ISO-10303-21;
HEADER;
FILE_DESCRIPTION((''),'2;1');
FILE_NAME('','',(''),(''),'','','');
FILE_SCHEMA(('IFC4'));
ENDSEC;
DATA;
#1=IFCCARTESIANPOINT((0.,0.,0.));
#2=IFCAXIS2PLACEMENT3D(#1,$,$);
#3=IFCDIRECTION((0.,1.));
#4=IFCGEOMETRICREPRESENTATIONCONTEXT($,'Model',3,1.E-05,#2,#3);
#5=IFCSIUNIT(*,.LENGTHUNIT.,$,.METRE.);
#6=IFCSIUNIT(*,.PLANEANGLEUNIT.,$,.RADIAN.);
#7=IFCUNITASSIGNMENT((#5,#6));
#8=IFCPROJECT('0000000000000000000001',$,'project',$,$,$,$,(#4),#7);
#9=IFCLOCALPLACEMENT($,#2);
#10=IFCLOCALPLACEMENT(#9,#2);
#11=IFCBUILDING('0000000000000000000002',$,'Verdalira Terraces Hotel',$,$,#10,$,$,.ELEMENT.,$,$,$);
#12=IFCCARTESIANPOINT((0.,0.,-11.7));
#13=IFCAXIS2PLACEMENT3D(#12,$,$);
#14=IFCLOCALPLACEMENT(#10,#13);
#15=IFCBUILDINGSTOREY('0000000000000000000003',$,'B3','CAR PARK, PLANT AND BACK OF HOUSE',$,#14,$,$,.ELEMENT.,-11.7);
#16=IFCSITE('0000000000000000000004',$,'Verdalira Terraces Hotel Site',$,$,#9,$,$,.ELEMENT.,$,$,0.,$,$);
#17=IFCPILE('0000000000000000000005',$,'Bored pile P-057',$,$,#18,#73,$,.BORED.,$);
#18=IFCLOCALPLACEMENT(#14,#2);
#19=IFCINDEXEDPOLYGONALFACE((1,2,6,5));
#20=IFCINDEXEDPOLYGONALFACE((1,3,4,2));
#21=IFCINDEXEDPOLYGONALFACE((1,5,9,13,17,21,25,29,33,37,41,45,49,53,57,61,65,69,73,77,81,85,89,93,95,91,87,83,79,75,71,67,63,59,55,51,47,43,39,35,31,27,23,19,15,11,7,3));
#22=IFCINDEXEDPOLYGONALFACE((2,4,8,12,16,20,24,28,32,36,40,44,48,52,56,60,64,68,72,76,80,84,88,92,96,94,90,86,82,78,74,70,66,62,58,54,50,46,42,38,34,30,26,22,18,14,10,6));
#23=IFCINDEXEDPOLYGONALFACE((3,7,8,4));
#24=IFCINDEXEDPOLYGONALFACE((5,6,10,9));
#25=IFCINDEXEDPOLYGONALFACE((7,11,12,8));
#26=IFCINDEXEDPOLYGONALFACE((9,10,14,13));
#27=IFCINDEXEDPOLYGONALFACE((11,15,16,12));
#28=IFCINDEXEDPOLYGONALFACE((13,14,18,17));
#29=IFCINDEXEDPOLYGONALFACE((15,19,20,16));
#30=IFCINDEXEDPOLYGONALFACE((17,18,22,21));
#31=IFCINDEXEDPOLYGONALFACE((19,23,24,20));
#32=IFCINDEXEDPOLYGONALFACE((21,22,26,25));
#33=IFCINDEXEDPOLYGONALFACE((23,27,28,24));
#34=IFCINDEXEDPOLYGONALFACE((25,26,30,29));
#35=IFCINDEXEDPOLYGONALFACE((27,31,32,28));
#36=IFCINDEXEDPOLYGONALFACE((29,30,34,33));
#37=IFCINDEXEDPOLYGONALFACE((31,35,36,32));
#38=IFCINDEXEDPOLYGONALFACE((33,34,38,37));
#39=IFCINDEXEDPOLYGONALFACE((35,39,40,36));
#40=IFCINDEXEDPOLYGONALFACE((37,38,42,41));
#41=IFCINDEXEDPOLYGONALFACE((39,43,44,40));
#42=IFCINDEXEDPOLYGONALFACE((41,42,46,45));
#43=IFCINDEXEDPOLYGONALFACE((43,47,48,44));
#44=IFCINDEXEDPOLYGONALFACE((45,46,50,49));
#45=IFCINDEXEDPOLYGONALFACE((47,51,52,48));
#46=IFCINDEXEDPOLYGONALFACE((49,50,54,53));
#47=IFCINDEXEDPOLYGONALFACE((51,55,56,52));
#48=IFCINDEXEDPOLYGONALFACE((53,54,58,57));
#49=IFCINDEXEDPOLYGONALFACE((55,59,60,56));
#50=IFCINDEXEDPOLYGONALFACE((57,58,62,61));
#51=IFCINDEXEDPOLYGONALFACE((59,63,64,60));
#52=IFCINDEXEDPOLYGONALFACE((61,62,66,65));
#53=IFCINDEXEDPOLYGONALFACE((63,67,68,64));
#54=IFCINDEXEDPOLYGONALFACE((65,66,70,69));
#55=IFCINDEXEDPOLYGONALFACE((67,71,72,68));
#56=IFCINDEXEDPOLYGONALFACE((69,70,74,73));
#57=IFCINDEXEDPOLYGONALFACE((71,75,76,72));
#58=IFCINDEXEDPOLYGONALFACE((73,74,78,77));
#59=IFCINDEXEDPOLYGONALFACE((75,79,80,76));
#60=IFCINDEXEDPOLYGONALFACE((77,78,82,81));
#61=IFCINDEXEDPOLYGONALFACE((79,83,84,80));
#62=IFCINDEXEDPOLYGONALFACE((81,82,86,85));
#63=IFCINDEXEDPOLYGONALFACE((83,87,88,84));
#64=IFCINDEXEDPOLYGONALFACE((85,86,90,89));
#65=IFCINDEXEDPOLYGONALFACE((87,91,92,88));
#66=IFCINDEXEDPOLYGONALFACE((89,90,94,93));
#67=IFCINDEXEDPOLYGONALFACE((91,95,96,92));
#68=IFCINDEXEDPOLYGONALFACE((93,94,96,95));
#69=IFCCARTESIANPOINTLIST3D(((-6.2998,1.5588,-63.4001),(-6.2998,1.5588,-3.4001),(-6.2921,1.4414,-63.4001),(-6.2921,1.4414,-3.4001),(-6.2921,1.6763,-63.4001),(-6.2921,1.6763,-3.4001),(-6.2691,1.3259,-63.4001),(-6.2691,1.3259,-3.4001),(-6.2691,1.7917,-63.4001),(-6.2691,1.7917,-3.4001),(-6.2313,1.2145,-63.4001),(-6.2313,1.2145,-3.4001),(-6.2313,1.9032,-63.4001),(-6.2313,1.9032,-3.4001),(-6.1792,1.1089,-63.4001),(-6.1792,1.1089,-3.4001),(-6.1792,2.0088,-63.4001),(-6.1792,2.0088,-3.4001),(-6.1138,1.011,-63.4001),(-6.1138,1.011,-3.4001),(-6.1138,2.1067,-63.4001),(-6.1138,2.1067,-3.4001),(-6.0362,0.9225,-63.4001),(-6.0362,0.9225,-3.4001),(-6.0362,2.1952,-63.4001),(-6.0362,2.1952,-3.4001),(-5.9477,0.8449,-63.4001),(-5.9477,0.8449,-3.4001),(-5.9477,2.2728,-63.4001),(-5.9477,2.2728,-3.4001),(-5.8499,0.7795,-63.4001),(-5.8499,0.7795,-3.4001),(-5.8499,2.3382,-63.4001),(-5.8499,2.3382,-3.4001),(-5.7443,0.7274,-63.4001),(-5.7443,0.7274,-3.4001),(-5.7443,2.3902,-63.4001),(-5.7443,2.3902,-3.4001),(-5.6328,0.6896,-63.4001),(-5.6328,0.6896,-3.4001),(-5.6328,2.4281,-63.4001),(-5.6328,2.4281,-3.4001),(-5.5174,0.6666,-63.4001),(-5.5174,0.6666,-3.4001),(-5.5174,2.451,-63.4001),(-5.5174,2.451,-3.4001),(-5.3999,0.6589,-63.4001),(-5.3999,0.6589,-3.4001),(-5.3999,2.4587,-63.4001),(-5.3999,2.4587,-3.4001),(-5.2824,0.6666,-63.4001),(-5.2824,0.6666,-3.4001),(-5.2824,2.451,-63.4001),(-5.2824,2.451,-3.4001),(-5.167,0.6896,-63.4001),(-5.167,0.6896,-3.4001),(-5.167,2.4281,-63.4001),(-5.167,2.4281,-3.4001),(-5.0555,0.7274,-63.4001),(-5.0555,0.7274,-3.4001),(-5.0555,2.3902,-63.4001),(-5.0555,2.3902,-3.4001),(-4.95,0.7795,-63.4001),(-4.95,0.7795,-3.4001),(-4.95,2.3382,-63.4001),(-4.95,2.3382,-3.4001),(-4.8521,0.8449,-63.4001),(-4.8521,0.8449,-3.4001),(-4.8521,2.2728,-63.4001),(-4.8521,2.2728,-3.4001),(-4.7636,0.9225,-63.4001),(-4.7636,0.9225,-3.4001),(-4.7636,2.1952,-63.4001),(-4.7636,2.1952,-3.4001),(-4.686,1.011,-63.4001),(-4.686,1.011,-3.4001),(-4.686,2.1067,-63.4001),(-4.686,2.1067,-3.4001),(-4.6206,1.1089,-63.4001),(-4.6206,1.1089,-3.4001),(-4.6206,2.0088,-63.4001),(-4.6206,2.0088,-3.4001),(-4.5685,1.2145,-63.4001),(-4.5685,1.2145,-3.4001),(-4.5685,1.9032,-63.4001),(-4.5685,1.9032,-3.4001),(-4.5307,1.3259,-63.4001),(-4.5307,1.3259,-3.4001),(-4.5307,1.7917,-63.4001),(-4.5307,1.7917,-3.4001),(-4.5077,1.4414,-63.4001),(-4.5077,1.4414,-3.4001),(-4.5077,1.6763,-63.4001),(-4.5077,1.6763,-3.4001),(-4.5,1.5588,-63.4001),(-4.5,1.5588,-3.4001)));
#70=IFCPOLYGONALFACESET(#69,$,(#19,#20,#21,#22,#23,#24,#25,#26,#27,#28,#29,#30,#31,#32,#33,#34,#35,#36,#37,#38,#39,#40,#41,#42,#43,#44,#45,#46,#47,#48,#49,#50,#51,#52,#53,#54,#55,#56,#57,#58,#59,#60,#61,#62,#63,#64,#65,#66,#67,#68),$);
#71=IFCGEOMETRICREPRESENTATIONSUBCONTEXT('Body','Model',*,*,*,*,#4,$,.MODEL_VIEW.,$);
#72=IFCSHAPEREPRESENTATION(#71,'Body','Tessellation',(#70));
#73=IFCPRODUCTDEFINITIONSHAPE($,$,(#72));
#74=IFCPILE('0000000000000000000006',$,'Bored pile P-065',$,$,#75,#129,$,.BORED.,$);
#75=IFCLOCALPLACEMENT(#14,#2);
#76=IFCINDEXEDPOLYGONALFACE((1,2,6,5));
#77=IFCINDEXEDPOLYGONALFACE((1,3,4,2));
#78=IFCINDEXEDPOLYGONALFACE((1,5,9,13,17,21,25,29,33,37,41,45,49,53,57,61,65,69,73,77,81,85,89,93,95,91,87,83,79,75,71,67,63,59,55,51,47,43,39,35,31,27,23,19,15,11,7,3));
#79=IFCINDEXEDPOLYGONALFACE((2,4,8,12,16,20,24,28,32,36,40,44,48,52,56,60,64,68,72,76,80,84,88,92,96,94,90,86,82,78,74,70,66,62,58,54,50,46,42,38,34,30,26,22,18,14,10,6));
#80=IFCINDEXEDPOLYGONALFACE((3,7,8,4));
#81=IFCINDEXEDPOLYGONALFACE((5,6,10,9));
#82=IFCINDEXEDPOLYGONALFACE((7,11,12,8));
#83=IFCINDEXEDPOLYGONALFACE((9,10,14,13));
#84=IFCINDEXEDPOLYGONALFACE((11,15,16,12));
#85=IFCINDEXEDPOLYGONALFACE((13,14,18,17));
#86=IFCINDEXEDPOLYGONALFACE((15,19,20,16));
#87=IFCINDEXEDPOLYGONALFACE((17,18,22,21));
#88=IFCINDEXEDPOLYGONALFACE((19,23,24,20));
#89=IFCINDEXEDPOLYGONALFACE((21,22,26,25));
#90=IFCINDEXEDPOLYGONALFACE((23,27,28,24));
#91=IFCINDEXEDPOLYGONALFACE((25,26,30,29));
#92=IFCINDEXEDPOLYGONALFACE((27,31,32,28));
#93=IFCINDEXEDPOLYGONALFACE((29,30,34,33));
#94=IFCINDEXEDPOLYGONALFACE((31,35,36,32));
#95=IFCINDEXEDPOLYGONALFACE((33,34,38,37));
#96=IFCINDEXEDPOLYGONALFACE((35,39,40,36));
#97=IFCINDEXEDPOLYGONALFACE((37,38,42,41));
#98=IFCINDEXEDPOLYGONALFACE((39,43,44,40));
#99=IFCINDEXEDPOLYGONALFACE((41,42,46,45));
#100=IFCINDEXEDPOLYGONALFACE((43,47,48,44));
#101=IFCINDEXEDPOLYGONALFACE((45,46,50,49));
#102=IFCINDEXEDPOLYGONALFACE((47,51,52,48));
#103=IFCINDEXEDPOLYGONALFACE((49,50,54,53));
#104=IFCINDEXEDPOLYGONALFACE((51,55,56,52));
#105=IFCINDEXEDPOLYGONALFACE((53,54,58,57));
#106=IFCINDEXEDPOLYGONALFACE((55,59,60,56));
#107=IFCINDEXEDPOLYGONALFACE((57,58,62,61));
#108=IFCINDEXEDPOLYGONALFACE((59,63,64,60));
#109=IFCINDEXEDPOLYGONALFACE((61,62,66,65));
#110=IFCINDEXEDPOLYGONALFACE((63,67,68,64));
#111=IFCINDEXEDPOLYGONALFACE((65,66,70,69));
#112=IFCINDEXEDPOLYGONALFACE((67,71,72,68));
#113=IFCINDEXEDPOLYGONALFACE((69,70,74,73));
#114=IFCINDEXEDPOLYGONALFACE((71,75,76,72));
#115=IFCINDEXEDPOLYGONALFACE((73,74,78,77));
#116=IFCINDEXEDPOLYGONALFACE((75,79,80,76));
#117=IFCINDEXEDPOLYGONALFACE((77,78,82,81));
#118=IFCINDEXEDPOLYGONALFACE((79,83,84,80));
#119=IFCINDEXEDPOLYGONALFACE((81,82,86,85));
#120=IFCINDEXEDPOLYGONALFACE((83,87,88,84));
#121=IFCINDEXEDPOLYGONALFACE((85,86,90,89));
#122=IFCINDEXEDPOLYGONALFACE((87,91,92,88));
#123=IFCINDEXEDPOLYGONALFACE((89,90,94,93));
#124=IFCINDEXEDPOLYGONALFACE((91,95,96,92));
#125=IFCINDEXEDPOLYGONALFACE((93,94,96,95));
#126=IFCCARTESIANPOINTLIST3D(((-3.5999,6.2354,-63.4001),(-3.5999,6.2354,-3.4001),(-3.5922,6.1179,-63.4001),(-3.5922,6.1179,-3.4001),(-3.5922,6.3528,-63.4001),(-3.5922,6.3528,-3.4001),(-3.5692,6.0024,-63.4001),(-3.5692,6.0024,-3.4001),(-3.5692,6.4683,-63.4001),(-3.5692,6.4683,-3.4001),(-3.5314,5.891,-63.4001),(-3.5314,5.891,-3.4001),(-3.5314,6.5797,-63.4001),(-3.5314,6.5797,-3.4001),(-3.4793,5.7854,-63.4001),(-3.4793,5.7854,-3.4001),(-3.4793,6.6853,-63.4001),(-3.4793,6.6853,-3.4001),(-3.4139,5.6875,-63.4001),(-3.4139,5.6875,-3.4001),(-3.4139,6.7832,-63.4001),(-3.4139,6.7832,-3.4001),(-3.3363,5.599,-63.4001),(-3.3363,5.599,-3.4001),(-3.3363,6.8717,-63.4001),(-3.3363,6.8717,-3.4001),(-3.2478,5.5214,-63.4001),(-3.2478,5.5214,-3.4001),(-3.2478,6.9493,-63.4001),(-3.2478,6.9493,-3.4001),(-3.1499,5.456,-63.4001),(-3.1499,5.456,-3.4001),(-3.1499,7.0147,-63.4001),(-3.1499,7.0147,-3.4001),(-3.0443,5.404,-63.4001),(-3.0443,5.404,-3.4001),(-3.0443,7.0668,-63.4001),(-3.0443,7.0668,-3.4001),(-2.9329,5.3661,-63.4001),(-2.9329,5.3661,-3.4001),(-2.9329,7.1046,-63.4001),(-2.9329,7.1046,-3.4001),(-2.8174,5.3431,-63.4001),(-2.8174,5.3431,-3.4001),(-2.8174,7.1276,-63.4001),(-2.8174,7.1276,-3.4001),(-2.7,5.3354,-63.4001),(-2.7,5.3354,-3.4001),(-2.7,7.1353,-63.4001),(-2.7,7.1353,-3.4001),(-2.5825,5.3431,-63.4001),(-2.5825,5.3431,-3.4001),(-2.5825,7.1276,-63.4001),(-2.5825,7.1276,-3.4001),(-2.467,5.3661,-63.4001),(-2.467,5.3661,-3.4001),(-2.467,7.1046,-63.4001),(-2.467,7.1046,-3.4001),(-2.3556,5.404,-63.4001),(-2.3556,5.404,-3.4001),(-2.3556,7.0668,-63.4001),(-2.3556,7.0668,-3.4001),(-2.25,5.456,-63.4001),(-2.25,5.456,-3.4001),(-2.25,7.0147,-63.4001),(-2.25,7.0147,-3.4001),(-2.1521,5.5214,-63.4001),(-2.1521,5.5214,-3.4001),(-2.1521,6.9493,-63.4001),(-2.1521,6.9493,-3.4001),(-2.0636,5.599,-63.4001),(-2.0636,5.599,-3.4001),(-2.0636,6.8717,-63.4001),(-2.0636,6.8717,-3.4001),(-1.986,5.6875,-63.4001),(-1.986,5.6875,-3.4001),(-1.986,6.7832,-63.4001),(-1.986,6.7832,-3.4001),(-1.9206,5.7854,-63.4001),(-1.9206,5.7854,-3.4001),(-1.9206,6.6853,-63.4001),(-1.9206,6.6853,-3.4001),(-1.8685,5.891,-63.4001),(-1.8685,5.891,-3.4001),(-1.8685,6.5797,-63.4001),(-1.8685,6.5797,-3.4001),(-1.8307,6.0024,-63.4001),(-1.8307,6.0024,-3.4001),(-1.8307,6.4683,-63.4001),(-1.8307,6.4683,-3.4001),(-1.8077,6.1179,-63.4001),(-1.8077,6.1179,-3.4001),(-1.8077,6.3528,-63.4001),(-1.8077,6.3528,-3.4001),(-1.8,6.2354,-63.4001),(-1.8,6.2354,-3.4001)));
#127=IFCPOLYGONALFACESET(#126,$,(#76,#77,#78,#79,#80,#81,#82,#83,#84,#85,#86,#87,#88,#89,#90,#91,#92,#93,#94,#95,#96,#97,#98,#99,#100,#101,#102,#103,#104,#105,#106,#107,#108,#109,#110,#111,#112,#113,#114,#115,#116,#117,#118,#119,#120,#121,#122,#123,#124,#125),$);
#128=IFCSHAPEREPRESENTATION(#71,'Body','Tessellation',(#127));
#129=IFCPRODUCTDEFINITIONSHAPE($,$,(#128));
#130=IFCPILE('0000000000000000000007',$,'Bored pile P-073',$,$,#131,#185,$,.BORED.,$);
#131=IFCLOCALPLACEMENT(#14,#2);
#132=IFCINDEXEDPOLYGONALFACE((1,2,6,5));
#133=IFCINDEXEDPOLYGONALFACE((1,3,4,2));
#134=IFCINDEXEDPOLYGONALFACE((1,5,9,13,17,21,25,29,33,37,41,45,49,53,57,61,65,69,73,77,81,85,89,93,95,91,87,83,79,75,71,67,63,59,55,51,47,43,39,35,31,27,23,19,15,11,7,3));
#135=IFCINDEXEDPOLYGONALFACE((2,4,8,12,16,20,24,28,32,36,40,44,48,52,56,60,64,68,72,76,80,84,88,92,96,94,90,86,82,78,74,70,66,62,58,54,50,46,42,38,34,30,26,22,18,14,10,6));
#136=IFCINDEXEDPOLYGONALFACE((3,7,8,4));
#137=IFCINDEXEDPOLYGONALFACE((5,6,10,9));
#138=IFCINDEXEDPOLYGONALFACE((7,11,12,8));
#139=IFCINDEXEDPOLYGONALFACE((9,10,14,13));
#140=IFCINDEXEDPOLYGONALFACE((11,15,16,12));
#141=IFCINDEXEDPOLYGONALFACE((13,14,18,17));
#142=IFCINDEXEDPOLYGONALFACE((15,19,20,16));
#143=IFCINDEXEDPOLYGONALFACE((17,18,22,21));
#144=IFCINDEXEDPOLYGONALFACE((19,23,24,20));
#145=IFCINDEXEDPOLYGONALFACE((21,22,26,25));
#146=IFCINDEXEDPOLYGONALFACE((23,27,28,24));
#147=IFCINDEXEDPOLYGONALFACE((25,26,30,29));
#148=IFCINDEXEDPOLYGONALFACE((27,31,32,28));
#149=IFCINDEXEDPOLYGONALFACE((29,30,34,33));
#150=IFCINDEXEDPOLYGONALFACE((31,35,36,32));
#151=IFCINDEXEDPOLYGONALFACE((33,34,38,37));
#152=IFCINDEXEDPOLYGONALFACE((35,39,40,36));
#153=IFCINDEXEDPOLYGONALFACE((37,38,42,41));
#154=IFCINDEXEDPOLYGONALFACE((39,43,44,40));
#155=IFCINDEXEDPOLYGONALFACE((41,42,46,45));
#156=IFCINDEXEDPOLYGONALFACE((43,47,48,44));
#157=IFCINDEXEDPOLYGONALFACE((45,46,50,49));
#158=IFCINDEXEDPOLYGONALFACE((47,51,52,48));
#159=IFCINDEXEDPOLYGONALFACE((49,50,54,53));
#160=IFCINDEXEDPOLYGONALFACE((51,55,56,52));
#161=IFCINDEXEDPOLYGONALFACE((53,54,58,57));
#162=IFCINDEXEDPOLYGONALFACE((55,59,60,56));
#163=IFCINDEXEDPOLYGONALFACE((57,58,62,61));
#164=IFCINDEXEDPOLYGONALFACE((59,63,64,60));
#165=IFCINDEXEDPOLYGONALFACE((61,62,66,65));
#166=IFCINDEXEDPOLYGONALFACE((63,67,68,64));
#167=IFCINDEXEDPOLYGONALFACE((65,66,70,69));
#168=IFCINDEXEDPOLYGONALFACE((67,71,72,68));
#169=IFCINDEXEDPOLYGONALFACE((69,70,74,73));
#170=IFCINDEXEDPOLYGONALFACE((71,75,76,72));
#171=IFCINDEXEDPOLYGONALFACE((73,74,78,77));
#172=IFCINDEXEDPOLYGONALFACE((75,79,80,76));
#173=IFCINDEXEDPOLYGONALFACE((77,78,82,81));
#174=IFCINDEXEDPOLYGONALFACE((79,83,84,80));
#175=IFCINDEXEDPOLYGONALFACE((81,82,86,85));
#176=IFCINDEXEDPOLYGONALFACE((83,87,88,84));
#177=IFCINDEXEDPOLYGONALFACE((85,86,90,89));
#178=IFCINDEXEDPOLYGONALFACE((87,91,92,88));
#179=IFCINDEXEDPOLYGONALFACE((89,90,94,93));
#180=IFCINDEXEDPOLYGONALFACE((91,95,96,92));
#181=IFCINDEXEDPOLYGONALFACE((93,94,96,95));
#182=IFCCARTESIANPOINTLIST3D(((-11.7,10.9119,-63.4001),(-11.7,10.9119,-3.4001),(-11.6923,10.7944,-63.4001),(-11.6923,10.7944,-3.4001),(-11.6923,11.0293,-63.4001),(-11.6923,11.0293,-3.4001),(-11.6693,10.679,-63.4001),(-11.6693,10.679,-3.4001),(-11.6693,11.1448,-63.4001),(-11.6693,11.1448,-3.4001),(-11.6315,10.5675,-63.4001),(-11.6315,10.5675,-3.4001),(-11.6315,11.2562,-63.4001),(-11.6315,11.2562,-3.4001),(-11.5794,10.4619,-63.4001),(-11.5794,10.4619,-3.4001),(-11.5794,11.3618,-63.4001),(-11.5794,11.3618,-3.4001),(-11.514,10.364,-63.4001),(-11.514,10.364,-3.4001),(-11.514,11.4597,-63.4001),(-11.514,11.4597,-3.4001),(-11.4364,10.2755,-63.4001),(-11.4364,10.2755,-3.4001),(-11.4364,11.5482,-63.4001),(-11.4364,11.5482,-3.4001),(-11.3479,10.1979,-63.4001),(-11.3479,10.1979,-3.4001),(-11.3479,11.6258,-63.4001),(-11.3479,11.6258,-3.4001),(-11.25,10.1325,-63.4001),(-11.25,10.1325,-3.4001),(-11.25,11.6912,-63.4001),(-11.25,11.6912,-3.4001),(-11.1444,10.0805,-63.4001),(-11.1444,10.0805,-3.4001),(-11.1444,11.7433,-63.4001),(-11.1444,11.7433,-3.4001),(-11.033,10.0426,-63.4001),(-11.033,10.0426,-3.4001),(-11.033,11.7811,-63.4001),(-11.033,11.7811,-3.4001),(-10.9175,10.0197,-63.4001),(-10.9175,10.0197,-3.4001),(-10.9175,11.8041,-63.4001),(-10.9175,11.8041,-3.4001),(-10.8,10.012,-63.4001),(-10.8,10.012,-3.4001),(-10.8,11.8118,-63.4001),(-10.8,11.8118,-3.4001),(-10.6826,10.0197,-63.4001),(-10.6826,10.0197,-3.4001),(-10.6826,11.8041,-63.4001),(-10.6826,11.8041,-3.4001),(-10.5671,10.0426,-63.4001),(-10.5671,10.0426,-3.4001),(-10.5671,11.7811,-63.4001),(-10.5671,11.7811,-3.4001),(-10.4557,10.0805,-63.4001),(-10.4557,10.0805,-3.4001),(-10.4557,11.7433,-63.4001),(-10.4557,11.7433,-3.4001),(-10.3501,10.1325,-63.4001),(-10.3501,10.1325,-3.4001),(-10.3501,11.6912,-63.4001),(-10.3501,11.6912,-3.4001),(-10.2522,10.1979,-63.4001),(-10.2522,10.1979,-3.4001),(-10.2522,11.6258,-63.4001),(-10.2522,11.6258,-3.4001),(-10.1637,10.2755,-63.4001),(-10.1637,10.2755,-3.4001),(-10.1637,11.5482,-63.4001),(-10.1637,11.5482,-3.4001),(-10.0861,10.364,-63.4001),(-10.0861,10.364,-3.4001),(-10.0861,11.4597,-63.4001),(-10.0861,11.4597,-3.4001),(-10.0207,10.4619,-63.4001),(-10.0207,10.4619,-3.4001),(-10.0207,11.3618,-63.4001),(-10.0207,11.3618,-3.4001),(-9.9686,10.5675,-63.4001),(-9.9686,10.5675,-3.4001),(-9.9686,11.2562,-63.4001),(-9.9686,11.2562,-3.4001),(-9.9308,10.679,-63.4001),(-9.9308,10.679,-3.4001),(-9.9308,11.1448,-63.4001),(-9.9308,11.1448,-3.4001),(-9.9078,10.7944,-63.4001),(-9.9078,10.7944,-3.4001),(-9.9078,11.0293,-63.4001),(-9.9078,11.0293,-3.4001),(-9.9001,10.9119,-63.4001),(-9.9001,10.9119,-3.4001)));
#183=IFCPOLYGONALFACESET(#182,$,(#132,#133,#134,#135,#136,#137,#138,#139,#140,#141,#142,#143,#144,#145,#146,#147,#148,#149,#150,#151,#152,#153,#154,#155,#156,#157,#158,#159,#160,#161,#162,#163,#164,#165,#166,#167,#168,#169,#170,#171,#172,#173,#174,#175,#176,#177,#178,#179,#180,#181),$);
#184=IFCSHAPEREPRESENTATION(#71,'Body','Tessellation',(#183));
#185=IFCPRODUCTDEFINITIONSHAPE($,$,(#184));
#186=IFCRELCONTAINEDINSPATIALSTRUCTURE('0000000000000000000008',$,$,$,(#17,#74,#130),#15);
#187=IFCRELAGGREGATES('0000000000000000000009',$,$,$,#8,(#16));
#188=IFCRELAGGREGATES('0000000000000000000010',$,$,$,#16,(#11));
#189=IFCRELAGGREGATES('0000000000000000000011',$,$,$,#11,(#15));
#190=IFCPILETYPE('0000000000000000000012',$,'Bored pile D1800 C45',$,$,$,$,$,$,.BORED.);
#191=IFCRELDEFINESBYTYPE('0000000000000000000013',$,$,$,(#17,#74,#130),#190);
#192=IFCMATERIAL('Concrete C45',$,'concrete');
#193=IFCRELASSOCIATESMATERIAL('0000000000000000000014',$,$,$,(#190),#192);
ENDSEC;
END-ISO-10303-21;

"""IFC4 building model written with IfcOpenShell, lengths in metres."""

from ifc_helpers import new_model, si_unit, direction, frame, origin, origin_2d, place, context, subcontext, project, spatial, circle, extrude, material, material_profile, profile_set, type_object, element, save


model = new_model("IFC4")

# Units and contexts
model_context = context("Model", 3, precision=1e-05, world=origin(), true_north=direction((0.0, 1.0)))
body_context = subcontext(model_context, "Body", "Model", "MODEL_VIEW")
ifc_project = project(units=[si_unit("LENGTHUNIT", "METRE"), si_unit("PLANEANGLEUNIT", "RADIAN")], contexts=[model_context])

# Site, building, storey
site_placement = place(None, origin())
site = spatial("IfcSite", under=ifc_project, at=site_placement, Name="Verdalira Terraces Hotel Site", CompositionType="ELEMENT", RefElevation=0.0)
building_placement = place(site_placement, origin())
building = spatial("IfcBuilding", under=site, at=building_placement, Name="Verdalira Terraces Hotel", CompositionType="ELEMENT")
storey_placement = place(building_placement, frame((0.0, 0.0, -11.7)))
storey = spatial("IfcBuildingStorey", under=building, at=storey_placement, Name="B3", Description="CAR PARK, PLANT AND BACK OF HOUSE", CompositionType="ELEMENT", Elevation=-11.7)

# Piles
ifc_material_1 = material(Name="Concrete C45", Category="concrete")
ifc_material_profile = material_profile(ifc_material_1, circle(Radius=0.8999, at=origin_2d()), Name="D1800")
ifc_profile_set = profile_set([ifc_material_profile], Name="Concrete C45")
pile_type = type_object("IfcPileType", Name="Bored pile D1800 C45", PredefinedType="BORED", material=ifc_profile_set)
for number, where, z_axis, x_axis, name in (
    (1, (-5.3999, 1.5588, -3.4001), (0.0, 0.0, -1.0), (1.0, 0.0, 0.0), "Bored pile P-057"),
    (2, (-2.7, 6.2354, -3.4001), (0.0, 0.0, -1.0), (1.0, 0.0, 0.0), "Bored pile P-065"),
    (3, (-10.8, 10.9119, -3.4001), (0.0, 0.0, -1.0), (1.0, 0.0, 0.0), "Bored pile P-073"),
):
    element("IfcPile", number, at=place(storey_placement, frame(where, z_axis=z_axis, x_axis=x_axis)), inside=storey, type_object=pile_type, Name=name, PredefinedType="BORED", context=body_context, shape_type="SweptSolid", body=[
        extrude(circle(Radius=0.8999, at=origin_2d()), origin(), (0.0, 0.0, 1.0), 60.0),
    ])

save(model, "model.ifc")
